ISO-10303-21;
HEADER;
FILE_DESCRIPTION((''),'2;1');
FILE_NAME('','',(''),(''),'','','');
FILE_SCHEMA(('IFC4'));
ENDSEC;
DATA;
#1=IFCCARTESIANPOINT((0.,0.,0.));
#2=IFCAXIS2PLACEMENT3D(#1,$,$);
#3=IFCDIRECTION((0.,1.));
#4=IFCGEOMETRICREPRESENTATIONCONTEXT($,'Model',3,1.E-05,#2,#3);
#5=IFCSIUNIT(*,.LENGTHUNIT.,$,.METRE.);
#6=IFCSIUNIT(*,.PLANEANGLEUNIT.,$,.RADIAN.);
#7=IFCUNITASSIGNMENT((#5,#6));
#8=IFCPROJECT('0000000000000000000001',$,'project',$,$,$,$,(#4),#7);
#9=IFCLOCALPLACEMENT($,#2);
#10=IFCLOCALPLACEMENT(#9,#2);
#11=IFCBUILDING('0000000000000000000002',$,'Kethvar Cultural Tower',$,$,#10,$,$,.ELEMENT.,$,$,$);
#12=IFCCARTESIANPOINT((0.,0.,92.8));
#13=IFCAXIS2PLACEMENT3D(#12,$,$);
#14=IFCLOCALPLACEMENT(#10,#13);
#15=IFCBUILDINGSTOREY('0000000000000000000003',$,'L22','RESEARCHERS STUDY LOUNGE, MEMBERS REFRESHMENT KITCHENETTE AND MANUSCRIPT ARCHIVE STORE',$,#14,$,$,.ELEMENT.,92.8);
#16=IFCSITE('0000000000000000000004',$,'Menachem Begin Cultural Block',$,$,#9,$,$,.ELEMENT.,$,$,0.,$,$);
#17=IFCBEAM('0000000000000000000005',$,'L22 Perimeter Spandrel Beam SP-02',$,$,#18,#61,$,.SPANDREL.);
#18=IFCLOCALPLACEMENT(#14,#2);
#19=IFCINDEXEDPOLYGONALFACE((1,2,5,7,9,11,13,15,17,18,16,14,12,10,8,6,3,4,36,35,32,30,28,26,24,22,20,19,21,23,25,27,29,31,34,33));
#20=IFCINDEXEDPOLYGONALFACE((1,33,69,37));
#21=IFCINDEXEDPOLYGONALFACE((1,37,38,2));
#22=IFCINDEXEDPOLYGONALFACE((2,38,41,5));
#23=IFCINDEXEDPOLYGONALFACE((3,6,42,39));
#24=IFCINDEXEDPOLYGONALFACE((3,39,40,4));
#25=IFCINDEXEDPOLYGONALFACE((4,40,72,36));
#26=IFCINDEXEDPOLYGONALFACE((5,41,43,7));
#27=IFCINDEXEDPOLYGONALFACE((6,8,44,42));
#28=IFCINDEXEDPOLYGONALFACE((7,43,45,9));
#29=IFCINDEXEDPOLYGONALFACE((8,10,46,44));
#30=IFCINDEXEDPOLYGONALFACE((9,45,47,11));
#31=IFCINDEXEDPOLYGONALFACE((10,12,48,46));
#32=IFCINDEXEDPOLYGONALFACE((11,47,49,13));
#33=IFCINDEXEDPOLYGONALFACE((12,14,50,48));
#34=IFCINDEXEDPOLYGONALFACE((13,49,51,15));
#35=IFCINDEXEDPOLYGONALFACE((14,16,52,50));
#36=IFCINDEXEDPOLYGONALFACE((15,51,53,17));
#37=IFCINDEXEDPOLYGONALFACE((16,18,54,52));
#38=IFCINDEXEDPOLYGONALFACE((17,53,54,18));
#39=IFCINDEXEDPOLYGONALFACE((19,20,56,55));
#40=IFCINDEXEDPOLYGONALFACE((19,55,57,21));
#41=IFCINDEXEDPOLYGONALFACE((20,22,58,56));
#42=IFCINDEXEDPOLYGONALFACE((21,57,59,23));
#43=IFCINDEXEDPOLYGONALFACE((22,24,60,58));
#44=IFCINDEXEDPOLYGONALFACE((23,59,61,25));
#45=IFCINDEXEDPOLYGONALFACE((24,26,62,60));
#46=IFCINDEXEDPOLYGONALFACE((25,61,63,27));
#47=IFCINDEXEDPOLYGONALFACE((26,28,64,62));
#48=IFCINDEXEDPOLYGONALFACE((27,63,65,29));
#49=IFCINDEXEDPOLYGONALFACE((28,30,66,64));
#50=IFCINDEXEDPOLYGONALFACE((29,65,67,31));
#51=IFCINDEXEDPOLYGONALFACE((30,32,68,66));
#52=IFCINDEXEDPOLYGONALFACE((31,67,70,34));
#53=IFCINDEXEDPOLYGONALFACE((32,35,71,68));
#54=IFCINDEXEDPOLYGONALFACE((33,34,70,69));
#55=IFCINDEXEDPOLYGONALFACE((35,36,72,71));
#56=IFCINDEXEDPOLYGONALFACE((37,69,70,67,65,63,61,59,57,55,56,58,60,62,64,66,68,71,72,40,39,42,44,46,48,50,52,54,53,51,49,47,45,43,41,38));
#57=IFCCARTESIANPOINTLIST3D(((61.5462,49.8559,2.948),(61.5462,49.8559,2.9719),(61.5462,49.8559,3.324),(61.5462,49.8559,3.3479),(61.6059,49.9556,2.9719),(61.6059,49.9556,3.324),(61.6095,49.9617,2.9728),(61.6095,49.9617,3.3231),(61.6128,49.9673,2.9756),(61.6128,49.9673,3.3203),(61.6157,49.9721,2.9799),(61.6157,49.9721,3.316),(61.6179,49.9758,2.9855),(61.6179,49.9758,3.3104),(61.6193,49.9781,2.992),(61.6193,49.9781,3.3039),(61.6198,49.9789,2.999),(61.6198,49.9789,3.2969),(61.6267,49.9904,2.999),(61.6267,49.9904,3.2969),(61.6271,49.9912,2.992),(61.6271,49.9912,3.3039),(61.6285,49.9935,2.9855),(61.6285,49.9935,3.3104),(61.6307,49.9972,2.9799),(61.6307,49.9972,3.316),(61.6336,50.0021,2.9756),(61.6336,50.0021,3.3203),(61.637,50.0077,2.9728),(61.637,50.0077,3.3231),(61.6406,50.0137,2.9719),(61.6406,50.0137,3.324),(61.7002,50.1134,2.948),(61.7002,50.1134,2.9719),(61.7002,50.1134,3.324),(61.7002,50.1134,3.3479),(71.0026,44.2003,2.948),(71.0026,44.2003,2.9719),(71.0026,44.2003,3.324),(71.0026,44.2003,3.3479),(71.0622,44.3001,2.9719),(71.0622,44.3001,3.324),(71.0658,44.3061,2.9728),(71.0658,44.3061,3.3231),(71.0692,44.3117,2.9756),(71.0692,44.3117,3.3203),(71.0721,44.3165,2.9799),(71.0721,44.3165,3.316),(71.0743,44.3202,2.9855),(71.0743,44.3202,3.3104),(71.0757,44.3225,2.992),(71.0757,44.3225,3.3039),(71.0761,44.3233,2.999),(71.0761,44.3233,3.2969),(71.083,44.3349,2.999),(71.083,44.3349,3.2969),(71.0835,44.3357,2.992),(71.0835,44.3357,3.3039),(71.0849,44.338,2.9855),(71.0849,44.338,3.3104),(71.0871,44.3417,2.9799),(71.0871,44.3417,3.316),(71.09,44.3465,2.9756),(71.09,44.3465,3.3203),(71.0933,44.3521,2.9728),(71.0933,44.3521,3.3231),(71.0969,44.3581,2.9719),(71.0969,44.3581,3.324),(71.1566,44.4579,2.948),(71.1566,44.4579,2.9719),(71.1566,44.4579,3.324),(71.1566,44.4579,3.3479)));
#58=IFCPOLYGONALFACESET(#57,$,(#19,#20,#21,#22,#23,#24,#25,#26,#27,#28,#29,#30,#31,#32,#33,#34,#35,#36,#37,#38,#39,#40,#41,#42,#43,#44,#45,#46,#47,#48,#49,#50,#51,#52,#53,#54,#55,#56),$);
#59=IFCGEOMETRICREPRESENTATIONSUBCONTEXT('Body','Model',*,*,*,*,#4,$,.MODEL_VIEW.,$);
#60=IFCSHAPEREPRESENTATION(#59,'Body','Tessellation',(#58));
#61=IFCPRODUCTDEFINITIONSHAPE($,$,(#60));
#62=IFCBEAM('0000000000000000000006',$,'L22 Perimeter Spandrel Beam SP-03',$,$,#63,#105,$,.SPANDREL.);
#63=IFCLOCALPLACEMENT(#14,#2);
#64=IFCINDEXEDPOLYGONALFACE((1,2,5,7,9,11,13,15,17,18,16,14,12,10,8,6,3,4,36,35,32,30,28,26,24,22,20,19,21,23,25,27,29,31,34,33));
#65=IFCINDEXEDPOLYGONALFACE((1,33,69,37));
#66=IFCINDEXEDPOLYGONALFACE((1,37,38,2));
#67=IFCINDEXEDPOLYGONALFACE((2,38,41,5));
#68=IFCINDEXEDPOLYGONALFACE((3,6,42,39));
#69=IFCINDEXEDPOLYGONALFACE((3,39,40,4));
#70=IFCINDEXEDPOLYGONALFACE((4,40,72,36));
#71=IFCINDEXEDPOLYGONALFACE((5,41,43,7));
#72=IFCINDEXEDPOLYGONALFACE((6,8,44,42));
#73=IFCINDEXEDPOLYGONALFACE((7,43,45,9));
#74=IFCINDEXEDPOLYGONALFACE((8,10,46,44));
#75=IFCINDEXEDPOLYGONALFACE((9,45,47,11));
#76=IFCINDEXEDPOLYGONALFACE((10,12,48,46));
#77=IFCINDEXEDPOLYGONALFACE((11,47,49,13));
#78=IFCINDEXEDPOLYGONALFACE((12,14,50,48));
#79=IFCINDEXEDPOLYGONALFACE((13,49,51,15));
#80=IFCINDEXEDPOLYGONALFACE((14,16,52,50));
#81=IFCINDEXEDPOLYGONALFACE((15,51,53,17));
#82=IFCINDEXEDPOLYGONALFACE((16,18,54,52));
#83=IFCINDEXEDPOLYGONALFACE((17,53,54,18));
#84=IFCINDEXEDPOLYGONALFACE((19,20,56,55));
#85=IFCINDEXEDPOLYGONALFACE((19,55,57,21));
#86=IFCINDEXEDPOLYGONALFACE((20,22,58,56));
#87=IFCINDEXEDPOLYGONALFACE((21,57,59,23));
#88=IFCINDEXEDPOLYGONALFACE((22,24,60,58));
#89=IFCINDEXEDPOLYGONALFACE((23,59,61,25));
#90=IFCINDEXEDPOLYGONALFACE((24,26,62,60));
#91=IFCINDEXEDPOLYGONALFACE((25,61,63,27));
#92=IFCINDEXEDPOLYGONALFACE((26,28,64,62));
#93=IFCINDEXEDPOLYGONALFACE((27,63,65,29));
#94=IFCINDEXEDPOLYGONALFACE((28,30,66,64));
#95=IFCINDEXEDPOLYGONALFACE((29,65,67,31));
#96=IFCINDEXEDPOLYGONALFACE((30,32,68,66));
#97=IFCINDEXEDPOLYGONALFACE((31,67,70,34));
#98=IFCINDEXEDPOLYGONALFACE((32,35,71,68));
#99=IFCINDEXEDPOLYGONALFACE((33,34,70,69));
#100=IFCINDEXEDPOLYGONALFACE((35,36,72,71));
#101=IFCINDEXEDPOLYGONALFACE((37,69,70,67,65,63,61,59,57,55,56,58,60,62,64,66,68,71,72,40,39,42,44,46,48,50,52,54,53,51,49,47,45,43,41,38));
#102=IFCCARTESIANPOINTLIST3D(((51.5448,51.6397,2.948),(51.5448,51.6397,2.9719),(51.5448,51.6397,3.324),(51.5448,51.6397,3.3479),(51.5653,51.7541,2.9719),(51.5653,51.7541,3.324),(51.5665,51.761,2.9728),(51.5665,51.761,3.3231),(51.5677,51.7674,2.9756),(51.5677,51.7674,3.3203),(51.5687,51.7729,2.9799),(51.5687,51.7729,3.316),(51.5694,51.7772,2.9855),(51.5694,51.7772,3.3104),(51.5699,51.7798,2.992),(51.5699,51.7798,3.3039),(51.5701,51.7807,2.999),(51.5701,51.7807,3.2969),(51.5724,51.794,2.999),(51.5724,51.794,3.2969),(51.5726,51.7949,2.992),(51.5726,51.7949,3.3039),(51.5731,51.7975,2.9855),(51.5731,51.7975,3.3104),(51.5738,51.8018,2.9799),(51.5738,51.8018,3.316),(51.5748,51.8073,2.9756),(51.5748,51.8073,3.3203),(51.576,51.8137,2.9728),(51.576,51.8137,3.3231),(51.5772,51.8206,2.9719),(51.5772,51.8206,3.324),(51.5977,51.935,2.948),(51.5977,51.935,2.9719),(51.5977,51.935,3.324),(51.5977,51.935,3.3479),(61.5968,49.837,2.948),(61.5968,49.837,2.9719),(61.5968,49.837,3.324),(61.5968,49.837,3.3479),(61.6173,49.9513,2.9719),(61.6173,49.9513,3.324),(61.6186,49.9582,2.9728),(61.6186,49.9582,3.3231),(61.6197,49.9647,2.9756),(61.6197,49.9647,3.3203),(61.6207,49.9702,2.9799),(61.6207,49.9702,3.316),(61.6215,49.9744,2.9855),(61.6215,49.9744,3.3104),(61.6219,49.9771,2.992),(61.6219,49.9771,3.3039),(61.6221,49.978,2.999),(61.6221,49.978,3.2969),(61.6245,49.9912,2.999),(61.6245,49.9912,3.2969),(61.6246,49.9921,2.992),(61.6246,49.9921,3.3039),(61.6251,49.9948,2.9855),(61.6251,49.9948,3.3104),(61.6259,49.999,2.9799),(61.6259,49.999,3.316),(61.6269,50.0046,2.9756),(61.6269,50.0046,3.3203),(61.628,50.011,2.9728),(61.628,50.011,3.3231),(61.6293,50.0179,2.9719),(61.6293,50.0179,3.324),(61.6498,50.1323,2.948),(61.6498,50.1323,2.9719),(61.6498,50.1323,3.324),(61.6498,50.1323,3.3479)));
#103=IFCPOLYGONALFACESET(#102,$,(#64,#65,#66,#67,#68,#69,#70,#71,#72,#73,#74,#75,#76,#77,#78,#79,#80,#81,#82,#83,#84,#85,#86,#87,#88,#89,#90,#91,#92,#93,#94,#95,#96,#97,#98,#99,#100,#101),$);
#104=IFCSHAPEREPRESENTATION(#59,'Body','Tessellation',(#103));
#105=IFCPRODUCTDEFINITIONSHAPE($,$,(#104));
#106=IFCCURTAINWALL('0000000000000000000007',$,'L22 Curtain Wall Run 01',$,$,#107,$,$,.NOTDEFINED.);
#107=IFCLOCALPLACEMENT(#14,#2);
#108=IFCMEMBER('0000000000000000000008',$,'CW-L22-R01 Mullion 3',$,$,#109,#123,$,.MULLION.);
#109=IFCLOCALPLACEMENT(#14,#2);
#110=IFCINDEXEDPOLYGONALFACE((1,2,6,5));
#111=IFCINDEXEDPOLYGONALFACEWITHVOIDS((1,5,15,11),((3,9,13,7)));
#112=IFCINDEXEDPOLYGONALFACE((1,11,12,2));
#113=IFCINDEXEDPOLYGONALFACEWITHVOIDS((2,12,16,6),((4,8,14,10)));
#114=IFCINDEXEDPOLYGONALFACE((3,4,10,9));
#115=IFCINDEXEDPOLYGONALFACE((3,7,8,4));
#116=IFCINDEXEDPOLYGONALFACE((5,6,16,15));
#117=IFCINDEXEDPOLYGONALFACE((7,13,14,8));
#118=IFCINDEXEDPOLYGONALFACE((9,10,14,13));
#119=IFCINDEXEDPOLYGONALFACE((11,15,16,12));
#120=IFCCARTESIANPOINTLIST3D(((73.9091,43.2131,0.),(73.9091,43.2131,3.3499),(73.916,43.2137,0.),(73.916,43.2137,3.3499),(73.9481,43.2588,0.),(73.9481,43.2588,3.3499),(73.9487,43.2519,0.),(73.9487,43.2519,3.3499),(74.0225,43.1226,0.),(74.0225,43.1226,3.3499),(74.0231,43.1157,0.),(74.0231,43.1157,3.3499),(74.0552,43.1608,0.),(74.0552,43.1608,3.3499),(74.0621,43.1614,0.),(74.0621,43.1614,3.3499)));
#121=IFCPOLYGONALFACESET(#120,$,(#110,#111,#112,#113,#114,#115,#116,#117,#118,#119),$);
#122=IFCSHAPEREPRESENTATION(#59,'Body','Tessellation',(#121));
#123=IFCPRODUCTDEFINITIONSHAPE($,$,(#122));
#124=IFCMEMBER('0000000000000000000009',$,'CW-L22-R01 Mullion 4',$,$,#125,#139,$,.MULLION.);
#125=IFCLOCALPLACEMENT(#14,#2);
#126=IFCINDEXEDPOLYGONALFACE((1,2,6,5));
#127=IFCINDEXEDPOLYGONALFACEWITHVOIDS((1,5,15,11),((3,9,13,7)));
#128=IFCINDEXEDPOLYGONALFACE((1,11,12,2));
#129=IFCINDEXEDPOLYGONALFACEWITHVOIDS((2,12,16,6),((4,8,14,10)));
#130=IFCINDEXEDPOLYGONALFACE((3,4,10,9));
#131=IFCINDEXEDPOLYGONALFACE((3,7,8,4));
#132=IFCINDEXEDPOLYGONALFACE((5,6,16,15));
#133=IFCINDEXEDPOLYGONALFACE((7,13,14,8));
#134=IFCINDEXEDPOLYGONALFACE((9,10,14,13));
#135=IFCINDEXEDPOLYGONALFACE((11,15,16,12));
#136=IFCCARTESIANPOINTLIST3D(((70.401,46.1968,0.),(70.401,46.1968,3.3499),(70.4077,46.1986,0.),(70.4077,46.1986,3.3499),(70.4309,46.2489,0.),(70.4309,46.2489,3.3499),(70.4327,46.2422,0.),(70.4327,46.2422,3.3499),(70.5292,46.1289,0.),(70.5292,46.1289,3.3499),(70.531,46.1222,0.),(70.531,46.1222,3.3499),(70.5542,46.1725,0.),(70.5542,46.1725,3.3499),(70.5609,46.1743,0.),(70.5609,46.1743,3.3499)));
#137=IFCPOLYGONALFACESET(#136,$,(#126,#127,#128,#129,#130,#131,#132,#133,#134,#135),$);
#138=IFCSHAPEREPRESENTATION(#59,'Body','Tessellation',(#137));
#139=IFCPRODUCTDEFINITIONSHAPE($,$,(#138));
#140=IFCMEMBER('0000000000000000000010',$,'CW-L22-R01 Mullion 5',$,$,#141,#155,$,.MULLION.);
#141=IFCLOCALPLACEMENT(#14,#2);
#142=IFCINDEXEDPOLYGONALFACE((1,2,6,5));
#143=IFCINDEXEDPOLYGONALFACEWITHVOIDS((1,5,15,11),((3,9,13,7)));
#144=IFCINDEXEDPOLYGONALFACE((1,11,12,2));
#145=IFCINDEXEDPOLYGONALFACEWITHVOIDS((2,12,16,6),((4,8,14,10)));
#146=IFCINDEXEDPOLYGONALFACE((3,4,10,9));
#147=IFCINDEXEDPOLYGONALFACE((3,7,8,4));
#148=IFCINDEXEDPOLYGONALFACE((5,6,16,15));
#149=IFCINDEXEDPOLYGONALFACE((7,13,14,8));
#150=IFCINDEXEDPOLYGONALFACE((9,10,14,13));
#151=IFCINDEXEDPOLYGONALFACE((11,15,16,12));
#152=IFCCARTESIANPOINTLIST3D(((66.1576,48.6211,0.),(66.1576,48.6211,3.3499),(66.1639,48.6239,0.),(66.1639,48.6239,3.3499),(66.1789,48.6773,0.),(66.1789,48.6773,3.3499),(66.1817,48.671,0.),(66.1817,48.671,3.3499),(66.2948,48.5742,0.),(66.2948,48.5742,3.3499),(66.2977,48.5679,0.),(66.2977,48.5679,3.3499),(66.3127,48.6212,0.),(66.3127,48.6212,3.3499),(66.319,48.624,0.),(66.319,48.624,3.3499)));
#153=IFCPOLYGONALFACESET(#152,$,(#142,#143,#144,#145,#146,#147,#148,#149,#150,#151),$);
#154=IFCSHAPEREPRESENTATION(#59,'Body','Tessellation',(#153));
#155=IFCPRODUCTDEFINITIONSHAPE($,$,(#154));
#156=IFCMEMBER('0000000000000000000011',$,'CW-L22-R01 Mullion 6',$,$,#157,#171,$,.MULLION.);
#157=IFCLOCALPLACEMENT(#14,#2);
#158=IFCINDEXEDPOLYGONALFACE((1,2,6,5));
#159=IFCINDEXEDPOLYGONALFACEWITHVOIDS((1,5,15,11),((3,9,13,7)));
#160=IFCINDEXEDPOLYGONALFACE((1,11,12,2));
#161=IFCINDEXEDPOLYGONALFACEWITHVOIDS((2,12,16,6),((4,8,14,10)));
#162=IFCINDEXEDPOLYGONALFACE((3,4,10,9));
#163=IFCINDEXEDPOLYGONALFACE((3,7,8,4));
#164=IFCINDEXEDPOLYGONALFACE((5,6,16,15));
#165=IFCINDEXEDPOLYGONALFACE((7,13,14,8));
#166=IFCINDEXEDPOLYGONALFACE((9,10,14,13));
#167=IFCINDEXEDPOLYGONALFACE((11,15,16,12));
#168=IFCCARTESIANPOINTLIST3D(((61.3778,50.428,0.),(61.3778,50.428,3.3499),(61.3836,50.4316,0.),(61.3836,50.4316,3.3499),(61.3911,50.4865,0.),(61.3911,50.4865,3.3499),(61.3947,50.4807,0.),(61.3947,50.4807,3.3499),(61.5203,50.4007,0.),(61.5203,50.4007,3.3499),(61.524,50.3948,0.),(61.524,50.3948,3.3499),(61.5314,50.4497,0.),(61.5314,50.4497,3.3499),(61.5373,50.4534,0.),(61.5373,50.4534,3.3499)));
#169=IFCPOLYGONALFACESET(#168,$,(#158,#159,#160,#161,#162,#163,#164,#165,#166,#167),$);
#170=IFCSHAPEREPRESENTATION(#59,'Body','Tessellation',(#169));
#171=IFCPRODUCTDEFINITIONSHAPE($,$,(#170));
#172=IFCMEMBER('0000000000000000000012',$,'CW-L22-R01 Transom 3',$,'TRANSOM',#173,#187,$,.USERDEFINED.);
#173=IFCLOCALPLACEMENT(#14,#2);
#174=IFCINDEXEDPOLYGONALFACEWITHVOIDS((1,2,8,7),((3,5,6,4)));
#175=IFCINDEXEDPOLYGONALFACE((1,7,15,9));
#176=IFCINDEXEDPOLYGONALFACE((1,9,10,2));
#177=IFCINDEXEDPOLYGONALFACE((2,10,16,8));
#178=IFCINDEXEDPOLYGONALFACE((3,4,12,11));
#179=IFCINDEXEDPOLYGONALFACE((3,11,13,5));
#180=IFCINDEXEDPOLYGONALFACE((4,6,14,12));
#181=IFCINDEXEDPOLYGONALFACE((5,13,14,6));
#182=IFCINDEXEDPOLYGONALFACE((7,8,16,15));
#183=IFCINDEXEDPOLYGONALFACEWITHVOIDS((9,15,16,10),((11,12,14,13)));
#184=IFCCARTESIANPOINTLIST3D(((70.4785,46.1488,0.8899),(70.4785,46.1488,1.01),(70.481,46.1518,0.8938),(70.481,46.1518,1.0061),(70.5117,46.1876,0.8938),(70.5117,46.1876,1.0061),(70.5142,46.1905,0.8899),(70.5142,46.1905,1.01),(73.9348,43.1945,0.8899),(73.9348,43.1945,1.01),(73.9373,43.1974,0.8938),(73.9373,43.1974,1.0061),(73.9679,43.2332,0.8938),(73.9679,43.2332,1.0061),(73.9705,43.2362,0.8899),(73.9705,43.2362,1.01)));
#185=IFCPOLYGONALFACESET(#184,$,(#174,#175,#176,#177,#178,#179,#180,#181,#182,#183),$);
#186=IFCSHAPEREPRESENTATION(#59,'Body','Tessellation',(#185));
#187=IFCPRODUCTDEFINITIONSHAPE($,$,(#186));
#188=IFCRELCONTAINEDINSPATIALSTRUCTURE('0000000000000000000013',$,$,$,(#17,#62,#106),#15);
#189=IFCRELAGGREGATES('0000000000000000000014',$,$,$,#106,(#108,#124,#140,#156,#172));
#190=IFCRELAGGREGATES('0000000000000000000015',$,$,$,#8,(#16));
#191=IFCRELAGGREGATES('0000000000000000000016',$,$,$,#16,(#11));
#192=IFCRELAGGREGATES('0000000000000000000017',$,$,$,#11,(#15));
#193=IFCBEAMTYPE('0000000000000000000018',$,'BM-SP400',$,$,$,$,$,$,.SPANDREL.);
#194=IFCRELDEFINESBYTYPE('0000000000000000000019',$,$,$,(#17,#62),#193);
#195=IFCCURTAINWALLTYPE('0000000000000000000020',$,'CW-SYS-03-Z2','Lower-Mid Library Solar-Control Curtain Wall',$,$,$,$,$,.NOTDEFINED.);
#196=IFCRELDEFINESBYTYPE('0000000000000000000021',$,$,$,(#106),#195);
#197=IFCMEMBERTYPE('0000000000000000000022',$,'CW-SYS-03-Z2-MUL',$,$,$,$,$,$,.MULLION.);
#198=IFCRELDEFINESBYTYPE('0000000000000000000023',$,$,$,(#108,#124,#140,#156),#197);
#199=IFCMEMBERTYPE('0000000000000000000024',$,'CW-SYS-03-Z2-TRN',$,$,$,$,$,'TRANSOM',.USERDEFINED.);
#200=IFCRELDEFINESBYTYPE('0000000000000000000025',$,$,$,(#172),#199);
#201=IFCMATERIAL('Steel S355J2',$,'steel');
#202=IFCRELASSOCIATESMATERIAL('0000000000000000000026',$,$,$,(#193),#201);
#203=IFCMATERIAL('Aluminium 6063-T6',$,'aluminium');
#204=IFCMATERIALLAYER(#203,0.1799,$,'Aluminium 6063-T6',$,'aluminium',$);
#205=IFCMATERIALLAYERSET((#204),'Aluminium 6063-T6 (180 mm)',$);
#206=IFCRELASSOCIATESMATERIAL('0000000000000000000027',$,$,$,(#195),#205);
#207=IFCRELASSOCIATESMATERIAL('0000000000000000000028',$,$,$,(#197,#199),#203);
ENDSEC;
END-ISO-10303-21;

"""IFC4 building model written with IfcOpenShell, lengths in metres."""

from ifc_helpers import new_model, si_unit, direction, frame, origin, origin_2d, place, context, subcontext, project, spatial, hollow_rectangle, i_section, extrude, source, transform, mapped, material, layer, layer_set, material_profile, profile_set, type_object, element, aggregate, save


model = new_model("IFC4")

# Units and contexts
model_context = context("Model", 3, precision=1e-05, world=origin(), true_north=direction((0.0, 1.0)))
body_context = subcontext(model_context, "Body", "Model", "MODEL_VIEW")
ifc_project = project(units=[si_unit("LENGTHUNIT", "METRE"), si_unit("PLANEANGLEUNIT", "RADIAN")], contexts=[model_context])

# Site, building, storey
site_placement = place(None, origin())
site = spatial("IfcSite", under=ifc_project, at=site_placement, Name="Menachem Begin Cultural Block", CompositionType="ELEMENT", RefElevation=0.0)
building_placement = place(site_placement, origin())
building = spatial("IfcBuilding", under=site, at=building_placement, Name="Kethvar Cultural Tower", CompositionType="ELEMENT")
storey_placement = place(building_placement, frame((0.0, 0.0, 92.8)))
storey = spatial("IfcBuildingStorey", under=building, at=storey_placement, Name="L22", Description="RESEARCHERS STUDY LOUNGE, MEMBERS REFRESHMENT KITCHENETTE AND MANUSCRIPT ARCHIVE STORE", CompositionType="ELEMENT", Elevation=92.8)

# Beams
ifc_material_1 = material(Name="Steel S355J2", Category="steel")
ifc_material_profile_1 = material_profile(ifc_material_1, i_section(OverallWidth=0.3, OverallDepth=0.3999, WebThickness=0.0134, FlangeThickness=0.0239, FilletRadius=0.0271, at=origin_2d()), Name="Steel S355J2 — HEB400")
ifc_profile_set_1 = profile_set([ifc_material_profile_1], Name="Steel S355J2 — HEB400")
beam_type_1 = type_object("IfcBeamType", Name="BM-SP400", PredefinedType="SPANDREL", material=ifc_profile_set_1)
shared_shape_1 = source(origin(), body_context, "Body", "SweptSolid", [
    extrude(i_section(OverallWidth=0.3, OverallDepth=0.3999, WebThickness=0.0134, FlangeThickness=0.0239, FilletRadius=0.0271, at=origin_2d()), origin(), (0.0, 0.0, 1.0), 11.0186),
])
beam_1_placement = place(storey_placement, frame((71.0796, 44.3291, 3.1479), z_axis=(-0.858223, 0.513277, 0.0), x_axis=(-0.513277, -0.858223, 0.0)))
element("IfcBeam", 1, at=beam_1_placement, inside=storey, type_object=beam_type_1, Name="L22 Perimeter Spandrel Beam SP-02", PredefinedType="SPANDREL", context=body_context, shape_type="MappedRepresentation", body=[
    mapped(shared_shape_1, transform((0.0, 0.0, 0.0), scale=1.0)),
])
shared_shape_2 = source(origin(), body_context, "Body", "SweptSolid", [
    extrude(i_section(OverallWidth=0.3, OverallDepth=0.3999, WebThickness=0.0134, FlangeThickness=0.0239, FilletRadius=0.0271, at=origin_2d()), origin(), (0.0, 0.0, 1.0), 10.2124),
])
beam_2_placement = place(storey_placement, frame((61.6233, 49.9846, 3.1479), z_axis=(-0.984296, 0.176525, 0.0), x_axis=(-0.176525, -0.984296, 0.0)))
element("IfcBeam", 2, at=beam_2_placement, inside=storey, type_object=beam_type_1, Name="L22 Perimeter Spandrel Beam SP-03", PredefinedType="SPANDREL", context=body_context, shape_type="MappedRepresentation", body=[
    mapped(shared_shape_2, transform((0.0, 0.0, 0.0), scale=1.0)),
])

# Curtain wall, members
ifc_material_2 = material(Name="Aluminium 6063-T6", Category="aluminium")
ifc_layer_1 = layer(ifc_material_2, 0.1799, Name="Aluminium 6063-T6", Category="aluminium")
ifc_layer_set_1 = layer_set([ifc_layer_1], Name="Aluminium 6063-T6 (180 mm)")
curtain_wall_type = type_object("IfcCurtainWallType", Name="CW-SYS-03-Z2", Description="Lower-Mid Library Solar-Control Curtain Wall", PredefinedType="NOTDEFINED", material=ifc_layer_set_1)
curtain_wall_placement = place(storey_placement, origin())
curtain_wall = element("IfcCurtainWall", 3, at=curtain_wall_placement, inside=storey, type_object=curtain_wall_type, Name="L22 Curtain Wall Run 01", PredefinedType="NOTDEFINED")
ifc_material_profile_2 = material_profile(ifc_material_2, hollow_rectangle(XDim=0.0601, YDim=0.1499, WallThickness=0.0049, at=origin_2d()), Name="Aluminium 6063-T6 — RHS150x60x5")
ifc_profile_set_2 = profile_set([ifc_material_profile_2], Name="Aluminium 6063-T6 — RHS150x60x5")
member_type_1 = type_object("IfcMemberType", Name="CW-SYS-03-Z2-MUL", PredefinedType="MULLION", material=ifc_profile_set_2)
shared_shape_3 = source(origin(), body_context, "Body", "SweptSolid", [
    extrude(hollow_rectangle(XDim=0.0601, YDim=0.1499, WallThickness=0.0049, at=origin_2d()), origin(), (0.0, 0.0, 1.0), 3.3499),
])
member_1_placement = place(storey_placement, frame((73.9856, 43.1873, 0.0), z_axis=(0.0, 0.0, 1.0), x_axis=(-0.649753, -0.760145, 0.0)))
member_1 = element("IfcMember", 4, at=member_1_placement, type_object=member_type_1, Name="CW-L22-R01 Mullion 3", PredefinedType="MULLION", context=body_context, shape_type="MappedRepresentation", body=[
    mapped(shared_shape_3, transform((0.0, 0.0, 0.0), scale=1.0)),
])
member_2_placement = place(storey_placement, frame((70.481, 46.1855, 0.0), z_axis=(0.0, 0.0, 1.0), x_axis=(-0.497852, -0.867262, 0.0)))
member_2 = element("IfcMember", 5, at=member_2_placement, type_object=member_type_1, Name="CW-L22-R01 Mullion 4", PredefinedType="MULLION", context=body_context, shape_type="MappedRepresentation", body=[
    mapped(shared_shape_3, transform((0.0, 0.0, 0.0), scale=1.0)),
])
member_3_placement = place(storey_placement, frame((66.2383, 48.6226, 0.0), z_axis=(0.0, 0.0, 1.0), x_axis=(-0.355254, -0.93477, 0.0)))
member_3 = element("IfcMember", 6, at=member_3_placement, type_object=member_type_1, Name="CW-L22-R01 Mullion 5", PredefinedType="MULLION", context=body_context, shape_type="MappedRepresentation", body=[
    mapped(shared_shape_3, transform((0.0, 0.0, 0.0), scale=1.0)),
])
member_4_placement = place(storey_placement, frame((61.4575, 50.4407, 0.0), z_axis=(0.0, 0.0, 1.0), x_axis=(-0.221089, -0.975254, 0.0)))
member_4 = element("IfcMember", 7, at=member_4_placement, type_object=member_type_1, Name="CW-L22-R01 Mullion 6", PredefinedType="MULLION", context=body_context, shape_type="MappedRepresentation", body=[
    mapped(shared_shape_3, transform((0.0, 0.0, 0.0), scale=1.0)),
])
ifc_material_profile_3 = material_profile(ifc_material_2, hollow_rectangle(XDim=0.0549, YDim=0.1201, WallThickness=0.0039, at=origin_2d()), Name="Aluminium 6063-T6 — RHS120x55x4")
ifc_profile_set_3 = profile_set([ifc_material_profile_3], Name="Aluminium 6063-T6 — RHS120x55x4")
member_type_2 = type_object("IfcMemberType", Name="CW-SYS-03-Z2-TRN", ElementType="TRANSOM", PredefinedType="USERDEFINED", material=ifc_profile_set_3)
shared_shape_4 = source(origin(), body_context, "Body", "SweptSolid", [
    extrude(hollow_rectangle(XDim=0.0549, YDim=0.1201, WallThickness=0.0039, at=origin_2d()), origin(), (0.0, 0.0, 1.0), 4.5469),
])
member_5_placement = place(storey_placement, frame((73.9526, 43.2153, 0.95), z_axis=(-0.760147, 0.649752, 0.0), x_axis=(-0.649752, -0.760147, 0.0)))
member_5 = element("IfcMember", 8, at=member_5_placement, type_object=member_type_2, Name="CW-L22-R01 Transom 3", ObjectType="TRANSOM", PredefinedType="USERDEFINED", context=body_context, shape_type="MappedRepresentation", body=[
    mapped(shared_shape_4, transform((0.0, 0.0, 0.0), scale=1.0)),
])
aggregate(curtain_wall, [member_1, member_2, member_3, member_4, member_5])

save(model, "model.ifc")
